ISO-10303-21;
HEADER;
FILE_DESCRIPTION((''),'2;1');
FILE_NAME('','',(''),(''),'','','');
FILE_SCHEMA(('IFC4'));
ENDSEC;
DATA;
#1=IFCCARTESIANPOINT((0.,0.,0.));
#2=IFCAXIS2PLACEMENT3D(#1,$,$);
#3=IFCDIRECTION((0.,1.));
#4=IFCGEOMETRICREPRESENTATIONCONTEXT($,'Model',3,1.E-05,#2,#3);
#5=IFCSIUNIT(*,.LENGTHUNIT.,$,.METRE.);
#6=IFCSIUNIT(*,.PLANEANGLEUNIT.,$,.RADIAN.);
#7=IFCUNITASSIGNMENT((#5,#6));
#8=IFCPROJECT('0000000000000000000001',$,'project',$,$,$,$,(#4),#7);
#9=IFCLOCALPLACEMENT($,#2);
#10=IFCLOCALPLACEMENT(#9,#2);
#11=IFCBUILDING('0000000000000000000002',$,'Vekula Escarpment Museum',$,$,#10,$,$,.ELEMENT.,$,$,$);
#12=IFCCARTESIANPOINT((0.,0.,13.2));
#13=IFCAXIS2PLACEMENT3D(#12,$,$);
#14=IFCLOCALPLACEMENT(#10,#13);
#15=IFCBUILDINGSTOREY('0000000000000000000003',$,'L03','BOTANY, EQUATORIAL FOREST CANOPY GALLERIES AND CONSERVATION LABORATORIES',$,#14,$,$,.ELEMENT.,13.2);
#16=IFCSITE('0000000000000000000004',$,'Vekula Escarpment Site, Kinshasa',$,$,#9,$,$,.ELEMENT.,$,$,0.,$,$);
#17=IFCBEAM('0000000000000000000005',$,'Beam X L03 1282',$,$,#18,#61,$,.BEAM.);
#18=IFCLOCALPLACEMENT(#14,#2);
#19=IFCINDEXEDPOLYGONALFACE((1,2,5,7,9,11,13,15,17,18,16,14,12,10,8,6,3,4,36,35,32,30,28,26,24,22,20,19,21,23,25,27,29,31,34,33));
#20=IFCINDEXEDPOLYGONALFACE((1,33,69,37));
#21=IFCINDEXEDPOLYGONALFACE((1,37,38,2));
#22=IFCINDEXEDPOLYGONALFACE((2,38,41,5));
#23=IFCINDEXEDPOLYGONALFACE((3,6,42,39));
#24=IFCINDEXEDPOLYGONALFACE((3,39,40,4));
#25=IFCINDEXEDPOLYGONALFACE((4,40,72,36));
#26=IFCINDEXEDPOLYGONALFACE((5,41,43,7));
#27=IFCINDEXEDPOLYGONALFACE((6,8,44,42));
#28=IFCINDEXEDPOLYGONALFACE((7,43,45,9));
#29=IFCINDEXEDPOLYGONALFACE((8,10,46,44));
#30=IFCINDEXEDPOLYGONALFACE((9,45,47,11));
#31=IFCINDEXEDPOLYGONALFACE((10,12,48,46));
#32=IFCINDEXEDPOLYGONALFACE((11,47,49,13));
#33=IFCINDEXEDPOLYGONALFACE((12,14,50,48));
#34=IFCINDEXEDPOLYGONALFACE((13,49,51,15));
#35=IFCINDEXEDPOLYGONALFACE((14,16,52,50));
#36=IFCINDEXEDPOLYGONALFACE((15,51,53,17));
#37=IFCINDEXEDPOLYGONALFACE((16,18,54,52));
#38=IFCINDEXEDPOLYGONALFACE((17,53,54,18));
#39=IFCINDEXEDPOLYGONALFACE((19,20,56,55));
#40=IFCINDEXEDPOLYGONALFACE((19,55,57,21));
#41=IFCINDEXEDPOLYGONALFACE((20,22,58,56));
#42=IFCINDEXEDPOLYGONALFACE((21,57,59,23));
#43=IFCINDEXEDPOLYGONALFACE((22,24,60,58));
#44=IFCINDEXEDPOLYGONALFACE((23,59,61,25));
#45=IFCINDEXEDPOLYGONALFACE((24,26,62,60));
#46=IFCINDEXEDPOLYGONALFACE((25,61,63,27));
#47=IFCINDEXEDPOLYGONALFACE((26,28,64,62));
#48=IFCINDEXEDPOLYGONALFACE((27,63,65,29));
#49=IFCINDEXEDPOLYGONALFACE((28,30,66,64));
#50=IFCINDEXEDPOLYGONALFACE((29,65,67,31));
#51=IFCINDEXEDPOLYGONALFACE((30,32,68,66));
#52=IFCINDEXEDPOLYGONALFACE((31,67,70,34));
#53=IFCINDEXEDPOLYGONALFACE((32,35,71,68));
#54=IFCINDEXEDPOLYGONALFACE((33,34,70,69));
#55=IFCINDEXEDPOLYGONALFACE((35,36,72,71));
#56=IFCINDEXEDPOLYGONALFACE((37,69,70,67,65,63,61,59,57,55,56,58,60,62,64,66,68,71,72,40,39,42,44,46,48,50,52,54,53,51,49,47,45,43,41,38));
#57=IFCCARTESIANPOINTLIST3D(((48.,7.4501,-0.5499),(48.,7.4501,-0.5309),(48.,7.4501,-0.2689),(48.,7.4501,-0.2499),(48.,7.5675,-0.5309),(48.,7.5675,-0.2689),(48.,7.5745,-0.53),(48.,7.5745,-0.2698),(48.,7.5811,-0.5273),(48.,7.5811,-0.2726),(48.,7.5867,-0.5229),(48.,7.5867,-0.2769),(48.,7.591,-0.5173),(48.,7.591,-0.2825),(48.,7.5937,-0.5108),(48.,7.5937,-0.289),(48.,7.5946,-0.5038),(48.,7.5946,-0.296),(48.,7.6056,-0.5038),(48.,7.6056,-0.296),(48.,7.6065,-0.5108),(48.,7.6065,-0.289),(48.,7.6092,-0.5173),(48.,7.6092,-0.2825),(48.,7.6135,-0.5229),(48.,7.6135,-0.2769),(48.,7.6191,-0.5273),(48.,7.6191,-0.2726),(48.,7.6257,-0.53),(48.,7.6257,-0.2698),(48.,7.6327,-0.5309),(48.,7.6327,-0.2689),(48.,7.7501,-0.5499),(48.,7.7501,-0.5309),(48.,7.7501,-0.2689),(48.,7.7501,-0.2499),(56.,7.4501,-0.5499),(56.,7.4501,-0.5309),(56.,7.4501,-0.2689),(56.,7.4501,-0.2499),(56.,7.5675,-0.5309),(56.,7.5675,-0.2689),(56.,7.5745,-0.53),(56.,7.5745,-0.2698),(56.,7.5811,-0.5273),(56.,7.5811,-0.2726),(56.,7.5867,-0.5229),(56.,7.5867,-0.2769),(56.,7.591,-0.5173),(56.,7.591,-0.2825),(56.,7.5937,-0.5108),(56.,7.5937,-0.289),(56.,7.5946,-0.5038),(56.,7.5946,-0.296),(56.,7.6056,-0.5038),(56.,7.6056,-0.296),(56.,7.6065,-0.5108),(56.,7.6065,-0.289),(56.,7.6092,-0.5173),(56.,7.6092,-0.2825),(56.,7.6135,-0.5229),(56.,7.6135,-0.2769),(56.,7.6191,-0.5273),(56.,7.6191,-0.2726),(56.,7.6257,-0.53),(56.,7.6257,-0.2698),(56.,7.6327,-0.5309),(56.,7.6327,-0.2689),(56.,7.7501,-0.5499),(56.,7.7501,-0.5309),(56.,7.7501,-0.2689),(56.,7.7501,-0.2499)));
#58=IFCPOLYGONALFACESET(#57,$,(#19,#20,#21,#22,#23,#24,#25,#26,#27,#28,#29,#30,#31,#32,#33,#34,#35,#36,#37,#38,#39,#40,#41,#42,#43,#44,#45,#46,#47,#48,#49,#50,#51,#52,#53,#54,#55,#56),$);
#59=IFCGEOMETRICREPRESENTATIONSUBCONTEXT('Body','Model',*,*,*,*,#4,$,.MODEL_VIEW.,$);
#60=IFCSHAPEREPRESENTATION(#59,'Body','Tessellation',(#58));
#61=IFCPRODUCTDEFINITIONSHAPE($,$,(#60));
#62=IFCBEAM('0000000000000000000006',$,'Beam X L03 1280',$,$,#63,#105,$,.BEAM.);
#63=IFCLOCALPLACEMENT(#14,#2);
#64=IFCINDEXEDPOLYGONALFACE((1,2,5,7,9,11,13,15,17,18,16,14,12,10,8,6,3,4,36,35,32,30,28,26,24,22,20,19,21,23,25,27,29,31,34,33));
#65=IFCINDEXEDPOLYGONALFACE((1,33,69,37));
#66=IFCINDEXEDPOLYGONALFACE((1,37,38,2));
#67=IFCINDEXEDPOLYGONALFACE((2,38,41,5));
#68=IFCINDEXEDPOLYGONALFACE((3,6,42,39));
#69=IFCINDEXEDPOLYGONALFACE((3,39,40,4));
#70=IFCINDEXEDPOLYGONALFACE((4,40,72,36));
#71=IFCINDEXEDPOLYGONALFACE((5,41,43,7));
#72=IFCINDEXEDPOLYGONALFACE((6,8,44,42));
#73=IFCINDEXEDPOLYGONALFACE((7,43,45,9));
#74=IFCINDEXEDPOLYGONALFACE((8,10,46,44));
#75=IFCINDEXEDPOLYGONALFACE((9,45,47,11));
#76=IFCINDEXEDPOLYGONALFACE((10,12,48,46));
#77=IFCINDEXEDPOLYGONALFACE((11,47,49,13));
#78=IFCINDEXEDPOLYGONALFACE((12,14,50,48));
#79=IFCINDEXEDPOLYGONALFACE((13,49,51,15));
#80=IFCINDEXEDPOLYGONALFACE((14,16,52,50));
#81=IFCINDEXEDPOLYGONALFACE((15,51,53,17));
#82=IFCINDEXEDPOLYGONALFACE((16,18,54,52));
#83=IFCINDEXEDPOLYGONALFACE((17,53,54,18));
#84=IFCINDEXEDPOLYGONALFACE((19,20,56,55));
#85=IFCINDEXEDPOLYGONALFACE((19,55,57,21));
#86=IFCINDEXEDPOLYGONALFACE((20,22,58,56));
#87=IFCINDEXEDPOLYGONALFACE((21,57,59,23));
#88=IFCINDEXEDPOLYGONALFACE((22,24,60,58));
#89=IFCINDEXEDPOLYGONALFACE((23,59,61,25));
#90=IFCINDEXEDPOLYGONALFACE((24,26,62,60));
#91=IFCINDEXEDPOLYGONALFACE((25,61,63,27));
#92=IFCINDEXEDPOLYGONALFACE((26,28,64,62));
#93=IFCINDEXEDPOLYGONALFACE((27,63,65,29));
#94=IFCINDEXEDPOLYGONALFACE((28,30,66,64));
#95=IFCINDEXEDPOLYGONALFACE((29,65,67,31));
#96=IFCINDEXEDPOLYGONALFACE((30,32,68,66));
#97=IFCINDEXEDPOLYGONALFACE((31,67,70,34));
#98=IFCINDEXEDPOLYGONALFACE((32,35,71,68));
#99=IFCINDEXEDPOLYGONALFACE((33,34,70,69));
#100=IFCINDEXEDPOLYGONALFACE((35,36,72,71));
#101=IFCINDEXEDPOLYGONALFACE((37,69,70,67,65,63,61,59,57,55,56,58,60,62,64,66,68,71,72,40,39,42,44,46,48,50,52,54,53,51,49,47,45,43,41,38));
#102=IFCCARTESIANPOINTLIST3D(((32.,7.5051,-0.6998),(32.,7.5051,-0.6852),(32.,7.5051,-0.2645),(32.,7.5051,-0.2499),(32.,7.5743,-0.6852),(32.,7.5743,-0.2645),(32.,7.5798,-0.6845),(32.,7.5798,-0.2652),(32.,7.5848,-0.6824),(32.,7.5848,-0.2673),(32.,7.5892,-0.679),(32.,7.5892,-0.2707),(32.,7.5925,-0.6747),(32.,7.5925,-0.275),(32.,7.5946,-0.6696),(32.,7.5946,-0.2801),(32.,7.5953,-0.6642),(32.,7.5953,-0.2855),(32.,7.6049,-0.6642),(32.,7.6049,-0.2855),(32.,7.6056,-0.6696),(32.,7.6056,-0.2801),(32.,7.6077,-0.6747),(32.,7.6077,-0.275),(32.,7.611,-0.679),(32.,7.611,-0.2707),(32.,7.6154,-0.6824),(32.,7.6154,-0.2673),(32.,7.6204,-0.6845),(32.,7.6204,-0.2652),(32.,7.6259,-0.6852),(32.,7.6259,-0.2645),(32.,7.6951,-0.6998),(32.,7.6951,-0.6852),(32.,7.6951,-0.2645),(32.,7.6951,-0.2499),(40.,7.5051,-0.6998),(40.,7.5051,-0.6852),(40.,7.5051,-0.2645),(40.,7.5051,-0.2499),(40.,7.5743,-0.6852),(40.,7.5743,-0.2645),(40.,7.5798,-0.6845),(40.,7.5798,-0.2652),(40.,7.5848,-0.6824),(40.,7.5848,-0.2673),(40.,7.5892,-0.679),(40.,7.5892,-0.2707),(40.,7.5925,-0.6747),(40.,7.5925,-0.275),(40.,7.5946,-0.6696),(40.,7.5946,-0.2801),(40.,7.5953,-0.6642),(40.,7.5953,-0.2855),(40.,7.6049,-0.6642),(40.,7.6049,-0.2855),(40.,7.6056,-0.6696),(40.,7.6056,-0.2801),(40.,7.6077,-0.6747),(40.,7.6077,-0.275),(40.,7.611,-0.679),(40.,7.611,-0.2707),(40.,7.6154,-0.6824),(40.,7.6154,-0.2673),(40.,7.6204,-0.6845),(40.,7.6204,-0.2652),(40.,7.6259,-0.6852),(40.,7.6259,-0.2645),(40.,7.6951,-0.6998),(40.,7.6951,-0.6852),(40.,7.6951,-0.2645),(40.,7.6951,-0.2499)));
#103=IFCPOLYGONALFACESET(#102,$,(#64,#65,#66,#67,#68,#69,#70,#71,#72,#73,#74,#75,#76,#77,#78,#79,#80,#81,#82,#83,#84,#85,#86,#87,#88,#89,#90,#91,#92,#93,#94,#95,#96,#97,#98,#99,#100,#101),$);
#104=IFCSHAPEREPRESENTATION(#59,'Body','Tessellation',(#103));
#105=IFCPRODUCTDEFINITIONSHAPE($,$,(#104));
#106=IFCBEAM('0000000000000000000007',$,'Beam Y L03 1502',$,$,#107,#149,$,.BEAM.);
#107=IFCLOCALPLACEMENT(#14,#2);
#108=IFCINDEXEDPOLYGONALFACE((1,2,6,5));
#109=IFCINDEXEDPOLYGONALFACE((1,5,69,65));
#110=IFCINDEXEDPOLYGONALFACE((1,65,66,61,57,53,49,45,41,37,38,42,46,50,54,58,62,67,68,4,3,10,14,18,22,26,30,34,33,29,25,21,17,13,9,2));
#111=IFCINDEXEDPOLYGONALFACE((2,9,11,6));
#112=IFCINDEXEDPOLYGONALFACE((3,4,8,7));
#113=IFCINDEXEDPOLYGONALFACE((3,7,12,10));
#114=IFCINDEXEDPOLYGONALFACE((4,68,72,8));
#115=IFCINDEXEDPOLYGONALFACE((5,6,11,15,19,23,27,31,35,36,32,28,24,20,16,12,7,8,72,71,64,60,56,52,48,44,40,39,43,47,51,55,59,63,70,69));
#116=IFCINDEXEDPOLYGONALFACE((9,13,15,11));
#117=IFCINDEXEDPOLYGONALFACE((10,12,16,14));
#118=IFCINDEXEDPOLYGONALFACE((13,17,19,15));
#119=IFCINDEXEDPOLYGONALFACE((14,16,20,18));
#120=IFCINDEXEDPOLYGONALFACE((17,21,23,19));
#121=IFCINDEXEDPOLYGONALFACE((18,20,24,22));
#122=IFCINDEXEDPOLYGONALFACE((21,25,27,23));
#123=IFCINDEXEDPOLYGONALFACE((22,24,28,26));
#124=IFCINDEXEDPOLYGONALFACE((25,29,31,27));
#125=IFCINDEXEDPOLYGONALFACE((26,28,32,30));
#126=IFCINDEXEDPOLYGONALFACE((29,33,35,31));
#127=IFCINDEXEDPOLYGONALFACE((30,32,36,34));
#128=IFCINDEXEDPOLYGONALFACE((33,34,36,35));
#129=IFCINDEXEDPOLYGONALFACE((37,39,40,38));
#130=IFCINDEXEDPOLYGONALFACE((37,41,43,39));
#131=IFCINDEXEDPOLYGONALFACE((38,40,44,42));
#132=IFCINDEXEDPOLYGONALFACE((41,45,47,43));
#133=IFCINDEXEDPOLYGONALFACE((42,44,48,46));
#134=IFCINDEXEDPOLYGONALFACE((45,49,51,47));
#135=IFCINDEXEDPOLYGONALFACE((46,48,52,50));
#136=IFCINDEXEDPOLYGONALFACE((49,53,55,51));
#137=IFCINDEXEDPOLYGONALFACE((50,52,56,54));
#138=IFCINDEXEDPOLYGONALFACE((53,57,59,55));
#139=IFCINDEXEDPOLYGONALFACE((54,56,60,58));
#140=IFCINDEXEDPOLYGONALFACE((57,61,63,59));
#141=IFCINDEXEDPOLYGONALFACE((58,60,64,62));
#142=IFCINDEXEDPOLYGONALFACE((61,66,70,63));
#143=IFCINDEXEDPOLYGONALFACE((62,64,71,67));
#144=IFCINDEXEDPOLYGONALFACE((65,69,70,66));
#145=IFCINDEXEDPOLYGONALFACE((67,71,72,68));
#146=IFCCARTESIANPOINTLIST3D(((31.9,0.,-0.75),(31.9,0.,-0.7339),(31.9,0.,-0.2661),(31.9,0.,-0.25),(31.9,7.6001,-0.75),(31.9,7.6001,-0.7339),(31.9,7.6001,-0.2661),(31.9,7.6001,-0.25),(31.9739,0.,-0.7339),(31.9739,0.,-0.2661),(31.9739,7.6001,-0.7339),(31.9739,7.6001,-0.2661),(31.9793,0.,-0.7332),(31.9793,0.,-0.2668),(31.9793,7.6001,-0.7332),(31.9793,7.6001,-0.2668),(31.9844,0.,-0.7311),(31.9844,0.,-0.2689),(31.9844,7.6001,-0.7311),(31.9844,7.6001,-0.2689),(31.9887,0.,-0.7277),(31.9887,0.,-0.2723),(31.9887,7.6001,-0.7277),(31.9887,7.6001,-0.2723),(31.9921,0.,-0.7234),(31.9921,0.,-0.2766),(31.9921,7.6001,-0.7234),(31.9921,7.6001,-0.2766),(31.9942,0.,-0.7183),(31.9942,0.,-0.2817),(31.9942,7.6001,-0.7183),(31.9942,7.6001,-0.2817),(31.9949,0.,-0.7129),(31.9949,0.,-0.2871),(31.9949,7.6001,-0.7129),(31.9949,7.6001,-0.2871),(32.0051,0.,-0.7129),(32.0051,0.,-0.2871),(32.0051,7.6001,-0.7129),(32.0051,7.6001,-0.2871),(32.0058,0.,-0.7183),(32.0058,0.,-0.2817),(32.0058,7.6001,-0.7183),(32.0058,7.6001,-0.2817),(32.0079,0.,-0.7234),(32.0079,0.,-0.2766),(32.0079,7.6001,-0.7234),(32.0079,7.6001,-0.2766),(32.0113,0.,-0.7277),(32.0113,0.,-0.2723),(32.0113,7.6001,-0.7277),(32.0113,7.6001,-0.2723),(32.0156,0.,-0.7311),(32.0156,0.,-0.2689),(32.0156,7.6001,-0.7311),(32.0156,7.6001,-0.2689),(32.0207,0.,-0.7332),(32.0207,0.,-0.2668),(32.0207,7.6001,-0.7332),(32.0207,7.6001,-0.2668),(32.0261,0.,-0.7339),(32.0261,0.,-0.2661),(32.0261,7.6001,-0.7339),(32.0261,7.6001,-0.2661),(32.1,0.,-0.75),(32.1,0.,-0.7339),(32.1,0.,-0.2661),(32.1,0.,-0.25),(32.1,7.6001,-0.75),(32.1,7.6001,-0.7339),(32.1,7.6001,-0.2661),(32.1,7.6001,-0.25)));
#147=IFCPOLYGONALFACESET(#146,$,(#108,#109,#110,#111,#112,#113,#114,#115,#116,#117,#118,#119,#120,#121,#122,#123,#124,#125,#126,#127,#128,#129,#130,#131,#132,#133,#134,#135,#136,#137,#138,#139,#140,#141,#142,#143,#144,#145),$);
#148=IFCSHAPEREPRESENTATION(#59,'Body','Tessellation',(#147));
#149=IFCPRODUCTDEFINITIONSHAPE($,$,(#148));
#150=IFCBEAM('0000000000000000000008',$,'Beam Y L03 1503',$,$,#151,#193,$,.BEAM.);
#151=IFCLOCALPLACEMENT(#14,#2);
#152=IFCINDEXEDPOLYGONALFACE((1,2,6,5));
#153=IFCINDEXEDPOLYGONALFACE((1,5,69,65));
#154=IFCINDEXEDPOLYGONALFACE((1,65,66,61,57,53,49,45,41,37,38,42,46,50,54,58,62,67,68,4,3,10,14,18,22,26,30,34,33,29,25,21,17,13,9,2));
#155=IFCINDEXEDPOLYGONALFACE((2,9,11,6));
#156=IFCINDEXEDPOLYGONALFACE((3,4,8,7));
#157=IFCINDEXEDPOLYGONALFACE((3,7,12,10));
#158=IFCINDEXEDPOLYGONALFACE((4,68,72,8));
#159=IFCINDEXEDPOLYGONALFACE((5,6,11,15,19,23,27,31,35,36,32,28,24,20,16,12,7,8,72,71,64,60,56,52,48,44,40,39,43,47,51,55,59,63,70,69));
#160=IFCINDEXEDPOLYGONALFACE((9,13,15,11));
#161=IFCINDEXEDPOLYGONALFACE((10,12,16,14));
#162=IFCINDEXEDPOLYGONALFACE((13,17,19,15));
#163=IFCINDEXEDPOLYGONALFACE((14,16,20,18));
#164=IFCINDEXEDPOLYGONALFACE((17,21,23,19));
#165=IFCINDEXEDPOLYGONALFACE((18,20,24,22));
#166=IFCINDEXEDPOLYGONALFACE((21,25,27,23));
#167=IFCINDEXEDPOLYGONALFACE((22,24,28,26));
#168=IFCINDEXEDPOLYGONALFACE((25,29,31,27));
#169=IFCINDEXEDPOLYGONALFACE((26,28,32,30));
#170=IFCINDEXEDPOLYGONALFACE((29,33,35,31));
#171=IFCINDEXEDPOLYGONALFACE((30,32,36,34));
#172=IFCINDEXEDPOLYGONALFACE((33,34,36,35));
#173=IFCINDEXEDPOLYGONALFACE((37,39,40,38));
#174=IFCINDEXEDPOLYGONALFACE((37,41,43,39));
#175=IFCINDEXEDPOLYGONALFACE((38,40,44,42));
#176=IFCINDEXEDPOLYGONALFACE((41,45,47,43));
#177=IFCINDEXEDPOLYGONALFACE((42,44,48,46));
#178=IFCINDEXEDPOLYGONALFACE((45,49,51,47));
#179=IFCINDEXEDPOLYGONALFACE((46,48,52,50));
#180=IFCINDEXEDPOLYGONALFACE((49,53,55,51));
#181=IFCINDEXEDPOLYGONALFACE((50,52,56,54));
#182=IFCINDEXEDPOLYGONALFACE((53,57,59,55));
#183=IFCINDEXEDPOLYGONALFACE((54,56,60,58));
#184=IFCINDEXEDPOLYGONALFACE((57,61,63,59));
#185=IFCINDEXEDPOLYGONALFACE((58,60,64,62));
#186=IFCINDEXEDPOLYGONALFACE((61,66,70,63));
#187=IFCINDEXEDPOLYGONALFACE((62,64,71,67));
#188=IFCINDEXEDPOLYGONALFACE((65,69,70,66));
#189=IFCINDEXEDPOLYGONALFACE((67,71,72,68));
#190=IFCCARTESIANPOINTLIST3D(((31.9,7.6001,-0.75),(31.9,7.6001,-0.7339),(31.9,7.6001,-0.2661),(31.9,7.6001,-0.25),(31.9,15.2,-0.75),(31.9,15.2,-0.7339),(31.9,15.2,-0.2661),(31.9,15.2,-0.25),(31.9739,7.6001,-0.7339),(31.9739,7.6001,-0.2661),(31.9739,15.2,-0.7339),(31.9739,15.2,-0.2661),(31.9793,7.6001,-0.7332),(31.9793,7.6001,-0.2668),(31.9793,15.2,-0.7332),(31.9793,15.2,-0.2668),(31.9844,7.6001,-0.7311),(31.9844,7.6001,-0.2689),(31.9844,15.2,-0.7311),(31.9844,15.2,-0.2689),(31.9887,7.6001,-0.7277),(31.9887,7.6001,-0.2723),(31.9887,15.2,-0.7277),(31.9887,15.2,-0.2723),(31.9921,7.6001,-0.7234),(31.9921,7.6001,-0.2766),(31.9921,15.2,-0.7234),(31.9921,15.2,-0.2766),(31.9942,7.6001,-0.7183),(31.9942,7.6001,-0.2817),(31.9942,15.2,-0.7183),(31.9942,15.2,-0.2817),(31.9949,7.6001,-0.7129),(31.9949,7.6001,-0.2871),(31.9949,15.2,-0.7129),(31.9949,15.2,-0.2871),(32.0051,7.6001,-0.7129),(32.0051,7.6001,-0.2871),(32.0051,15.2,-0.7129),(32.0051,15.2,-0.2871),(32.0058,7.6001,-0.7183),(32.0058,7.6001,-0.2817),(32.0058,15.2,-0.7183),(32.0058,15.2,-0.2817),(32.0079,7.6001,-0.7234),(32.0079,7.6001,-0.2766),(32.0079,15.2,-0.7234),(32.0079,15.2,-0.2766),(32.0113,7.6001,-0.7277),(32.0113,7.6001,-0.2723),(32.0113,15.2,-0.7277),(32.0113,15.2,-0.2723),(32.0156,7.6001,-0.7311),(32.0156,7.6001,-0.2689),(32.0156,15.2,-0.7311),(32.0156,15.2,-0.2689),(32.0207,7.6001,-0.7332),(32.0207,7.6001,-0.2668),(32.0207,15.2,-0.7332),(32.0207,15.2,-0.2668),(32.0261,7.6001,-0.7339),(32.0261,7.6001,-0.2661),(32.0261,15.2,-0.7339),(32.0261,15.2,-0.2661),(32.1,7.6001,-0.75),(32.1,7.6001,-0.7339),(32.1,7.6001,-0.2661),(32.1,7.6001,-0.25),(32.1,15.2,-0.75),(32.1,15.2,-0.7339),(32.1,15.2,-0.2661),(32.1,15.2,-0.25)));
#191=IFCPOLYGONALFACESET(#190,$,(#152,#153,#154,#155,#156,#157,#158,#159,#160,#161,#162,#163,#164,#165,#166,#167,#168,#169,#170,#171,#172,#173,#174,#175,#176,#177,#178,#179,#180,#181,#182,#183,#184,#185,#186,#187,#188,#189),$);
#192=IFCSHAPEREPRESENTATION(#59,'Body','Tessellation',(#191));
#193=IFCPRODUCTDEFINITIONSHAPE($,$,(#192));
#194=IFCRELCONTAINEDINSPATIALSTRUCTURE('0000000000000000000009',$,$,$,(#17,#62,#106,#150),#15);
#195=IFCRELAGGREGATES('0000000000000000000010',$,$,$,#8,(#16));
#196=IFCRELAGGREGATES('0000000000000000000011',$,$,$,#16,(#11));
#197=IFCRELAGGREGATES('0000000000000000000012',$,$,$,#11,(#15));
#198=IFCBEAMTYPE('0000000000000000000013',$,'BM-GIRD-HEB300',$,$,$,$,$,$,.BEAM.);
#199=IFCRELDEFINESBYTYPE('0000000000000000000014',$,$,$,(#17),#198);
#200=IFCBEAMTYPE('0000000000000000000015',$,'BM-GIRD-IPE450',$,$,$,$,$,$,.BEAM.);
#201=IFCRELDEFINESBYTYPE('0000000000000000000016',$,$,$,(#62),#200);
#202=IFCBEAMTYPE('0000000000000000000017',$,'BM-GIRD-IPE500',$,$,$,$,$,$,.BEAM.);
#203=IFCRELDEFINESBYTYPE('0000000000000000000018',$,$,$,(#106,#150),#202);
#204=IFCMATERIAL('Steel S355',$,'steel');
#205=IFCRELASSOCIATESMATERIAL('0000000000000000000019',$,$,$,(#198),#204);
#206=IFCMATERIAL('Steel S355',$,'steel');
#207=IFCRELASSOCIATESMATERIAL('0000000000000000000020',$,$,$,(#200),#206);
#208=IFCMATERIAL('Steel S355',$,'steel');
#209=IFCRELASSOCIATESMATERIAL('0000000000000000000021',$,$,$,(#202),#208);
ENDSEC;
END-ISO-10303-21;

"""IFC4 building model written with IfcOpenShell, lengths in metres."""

from ifc_helpers import new_model, si_unit, direction, frame, origin, origin_2d, place, context, subcontext, project, spatial, i_section, extrude, material, material_profile, profile_set, type_object, element, save


model = new_model("IFC4")

# Units and contexts
model_context = context("Model", 3, precision=1e-05, world=origin(), true_north=direction((0.0, 1.0)))
body_context = subcontext(model_context, "Body", "Model", "MODEL_VIEW")
ifc_project = project(units=[si_unit("LENGTHUNIT", "METRE"), si_unit("PLANEANGLEUNIT", "RADIAN")], contexts=[model_context])

# Site, building, storey
site_placement = place(None, origin())
site = spatial("IfcSite", under=ifc_project, at=site_placement, Name="Vekula Escarpment Site, Kinshasa", CompositionType="ELEMENT", RefElevation=0.0)
building_placement = place(site_placement, origin())
building = spatial("IfcBuilding", under=site, at=building_placement, Name="Vekula Escarpment Museum", CompositionType="ELEMENT")
storey_placement = place(building_placement, frame((0.0, 0.0, 13.2)))
storey = spatial("IfcBuildingStorey", under=building, at=storey_placement, Name="L03", Description="BOTANY, EQUATORIAL FOREST CANOPY GALLERIES AND CONSERVATION LABORATORIES", CompositionType="ELEMENT", Elevation=13.2)

# Beams
ifc_material_1 = material(Name="Steel S355", Category="steel")
ifc_material_profile_1 = material_profile(ifc_material_1, i_section(OverallWidth=0.3, OverallDepth=0.3, WebThickness=0.011, FlangeThickness=0.019, FilletRadius=0.0271, at=origin_2d()), Name="HEB 300")
ifc_profile_set_1 = profile_set([ifc_material_profile_1], Name="Steel S355")
beam_type_1 = type_object("IfcBeamType", Name="BM-GIRD-HEB300", PredefinedType="BEAM", material=ifc_profile_set_1)
beam_1_placement = place(storey_placement, frame((48.0, 7.6001, -0.3999), z_axis=(1.0, 0.0, 0.0), x_axis=(0.0, 1.0, 0.0)))
element("IfcBeam", 1, at=beam_1_placement, inside=storey, type_object=beam_type_1, Name="Beam X L03 1282", PredefinedType="BEAM", context=body_context, shape_type="SweptSolid", body=[
    extrude(i_section(OverallWidth=0.3, OverallDepth=0.3, WebThickness=0.011, FlangeThickness=0.019, FilletRadius=0.0271, at=origin_2d()), origin(), (0.0, 0.0, 1.0), 8.0),
])
ifc_material_2 = material(Name="Steel S355", Category="steel")
ifc_material_profile_2 = material_profile(ifc_material_2, i_section(OverallWidth=0.1899, OverallDepth=0.45, WebThickness=0.0095, FlangeThickness=0.0146, FilletRadius=0.021, at=origin_2d()), Name="IPE 450")
ifc_profile_set_2 = profile_set([ifc_material_profile_2], Name="Steel S355")
beam_type_2 = type_object("IfcBeamType", Name="BM-GIRD-IPE450", PredefinedType="BEAM", material=ifc_profile_set_2)
beam_2_placement = place(storey_placement, frame((32.0, 7.6001, -0.4749), z_axis=(1.0, 0.0, 0.0), x_axis=(0.0, 1.0, 0.0)))
element("IfcBeam", 2, at=beam_2_placement, inside=storey, type_object=beam_type_2, Name="Beam X L03 1280", PredefinedType="BEAM", context=body_context, shape_type="SweptSolid", body=[
    extrude(i_section(OverallWidth=0.1899, OverallDepth=0.45, WebThickness=0.0095, FlangeThickness=0.0146, FilletRadius=0.021, at=origin_2d()), origin(), (0.0, 0.0, 1.0), 8.0),
])
ifc_material_3 = material(Name="Steel S355", Category="steel")
ifc_material_profile_3 = material_profile(ifc_material_3, i_section(OverallWidth=0.2, OverallDepth=0.5, WebThickness=0.0103, FlangeThickness=0.0161, FilletRadius=0.021, at=origin_2d()), Name="IPE 500")
ifc_profile_set_3 = profile_set([ifc_material_profile_3], Name="Steel S355")
beam_type_3 = type_object("IfcBeamType", Name="BM-GIRD-IPE500", PredefinedType="BEAM", material=ifc_profile_set_3)
beam_3_placement = place(storey_placement, frame((32.0, 0.0, -0.5), z_axis=(0.0, 1.0, 0.0), x_axis=(-1.0, 0.0, 0.0)))
element("IfcBeam", 3, at=beam_3_placement, inside=storey, type_object=beam_type_3, Name="Beam Y L03 1502", PredefinedType="BEAM", context=body_context, shape_type="SweptSolid", body=[
    extrude(i_section(OverallWidth=0.2, OverallDepth=0.5, WebThickness=0.0103, FlangeThickness=0.0161, FilletRadius=0.021, at=origin_2d()), origin(), (0.0, 0.0, 1.0), 7.6001),
])
beam_4_placement = place(storey_placement, frame((32.0, 7.6001, -0.5), z_axis=(0.0, 1.0, 0.0), x_axis=(-1.0, 0.0, 0.0)))
element("IfcBeam", 4, at=beam_4_placement, inside=storey, type_object=beam_type_3, Name="Beam Y L03 1503", PredefinedType="BEAM", context=body_context, shape_type="SweptSolid", body=[
    extrude(i_section(OverallWidth=0.2, OverallDepth=0.5, WebThickness=0.0103, FlangeThickness=0.0161, FilletRadius=0.021, at=origin_2d()), origin(), (0.0, 0.0, 1.0), 7.5999),
])

save(model, "model.ifc")
